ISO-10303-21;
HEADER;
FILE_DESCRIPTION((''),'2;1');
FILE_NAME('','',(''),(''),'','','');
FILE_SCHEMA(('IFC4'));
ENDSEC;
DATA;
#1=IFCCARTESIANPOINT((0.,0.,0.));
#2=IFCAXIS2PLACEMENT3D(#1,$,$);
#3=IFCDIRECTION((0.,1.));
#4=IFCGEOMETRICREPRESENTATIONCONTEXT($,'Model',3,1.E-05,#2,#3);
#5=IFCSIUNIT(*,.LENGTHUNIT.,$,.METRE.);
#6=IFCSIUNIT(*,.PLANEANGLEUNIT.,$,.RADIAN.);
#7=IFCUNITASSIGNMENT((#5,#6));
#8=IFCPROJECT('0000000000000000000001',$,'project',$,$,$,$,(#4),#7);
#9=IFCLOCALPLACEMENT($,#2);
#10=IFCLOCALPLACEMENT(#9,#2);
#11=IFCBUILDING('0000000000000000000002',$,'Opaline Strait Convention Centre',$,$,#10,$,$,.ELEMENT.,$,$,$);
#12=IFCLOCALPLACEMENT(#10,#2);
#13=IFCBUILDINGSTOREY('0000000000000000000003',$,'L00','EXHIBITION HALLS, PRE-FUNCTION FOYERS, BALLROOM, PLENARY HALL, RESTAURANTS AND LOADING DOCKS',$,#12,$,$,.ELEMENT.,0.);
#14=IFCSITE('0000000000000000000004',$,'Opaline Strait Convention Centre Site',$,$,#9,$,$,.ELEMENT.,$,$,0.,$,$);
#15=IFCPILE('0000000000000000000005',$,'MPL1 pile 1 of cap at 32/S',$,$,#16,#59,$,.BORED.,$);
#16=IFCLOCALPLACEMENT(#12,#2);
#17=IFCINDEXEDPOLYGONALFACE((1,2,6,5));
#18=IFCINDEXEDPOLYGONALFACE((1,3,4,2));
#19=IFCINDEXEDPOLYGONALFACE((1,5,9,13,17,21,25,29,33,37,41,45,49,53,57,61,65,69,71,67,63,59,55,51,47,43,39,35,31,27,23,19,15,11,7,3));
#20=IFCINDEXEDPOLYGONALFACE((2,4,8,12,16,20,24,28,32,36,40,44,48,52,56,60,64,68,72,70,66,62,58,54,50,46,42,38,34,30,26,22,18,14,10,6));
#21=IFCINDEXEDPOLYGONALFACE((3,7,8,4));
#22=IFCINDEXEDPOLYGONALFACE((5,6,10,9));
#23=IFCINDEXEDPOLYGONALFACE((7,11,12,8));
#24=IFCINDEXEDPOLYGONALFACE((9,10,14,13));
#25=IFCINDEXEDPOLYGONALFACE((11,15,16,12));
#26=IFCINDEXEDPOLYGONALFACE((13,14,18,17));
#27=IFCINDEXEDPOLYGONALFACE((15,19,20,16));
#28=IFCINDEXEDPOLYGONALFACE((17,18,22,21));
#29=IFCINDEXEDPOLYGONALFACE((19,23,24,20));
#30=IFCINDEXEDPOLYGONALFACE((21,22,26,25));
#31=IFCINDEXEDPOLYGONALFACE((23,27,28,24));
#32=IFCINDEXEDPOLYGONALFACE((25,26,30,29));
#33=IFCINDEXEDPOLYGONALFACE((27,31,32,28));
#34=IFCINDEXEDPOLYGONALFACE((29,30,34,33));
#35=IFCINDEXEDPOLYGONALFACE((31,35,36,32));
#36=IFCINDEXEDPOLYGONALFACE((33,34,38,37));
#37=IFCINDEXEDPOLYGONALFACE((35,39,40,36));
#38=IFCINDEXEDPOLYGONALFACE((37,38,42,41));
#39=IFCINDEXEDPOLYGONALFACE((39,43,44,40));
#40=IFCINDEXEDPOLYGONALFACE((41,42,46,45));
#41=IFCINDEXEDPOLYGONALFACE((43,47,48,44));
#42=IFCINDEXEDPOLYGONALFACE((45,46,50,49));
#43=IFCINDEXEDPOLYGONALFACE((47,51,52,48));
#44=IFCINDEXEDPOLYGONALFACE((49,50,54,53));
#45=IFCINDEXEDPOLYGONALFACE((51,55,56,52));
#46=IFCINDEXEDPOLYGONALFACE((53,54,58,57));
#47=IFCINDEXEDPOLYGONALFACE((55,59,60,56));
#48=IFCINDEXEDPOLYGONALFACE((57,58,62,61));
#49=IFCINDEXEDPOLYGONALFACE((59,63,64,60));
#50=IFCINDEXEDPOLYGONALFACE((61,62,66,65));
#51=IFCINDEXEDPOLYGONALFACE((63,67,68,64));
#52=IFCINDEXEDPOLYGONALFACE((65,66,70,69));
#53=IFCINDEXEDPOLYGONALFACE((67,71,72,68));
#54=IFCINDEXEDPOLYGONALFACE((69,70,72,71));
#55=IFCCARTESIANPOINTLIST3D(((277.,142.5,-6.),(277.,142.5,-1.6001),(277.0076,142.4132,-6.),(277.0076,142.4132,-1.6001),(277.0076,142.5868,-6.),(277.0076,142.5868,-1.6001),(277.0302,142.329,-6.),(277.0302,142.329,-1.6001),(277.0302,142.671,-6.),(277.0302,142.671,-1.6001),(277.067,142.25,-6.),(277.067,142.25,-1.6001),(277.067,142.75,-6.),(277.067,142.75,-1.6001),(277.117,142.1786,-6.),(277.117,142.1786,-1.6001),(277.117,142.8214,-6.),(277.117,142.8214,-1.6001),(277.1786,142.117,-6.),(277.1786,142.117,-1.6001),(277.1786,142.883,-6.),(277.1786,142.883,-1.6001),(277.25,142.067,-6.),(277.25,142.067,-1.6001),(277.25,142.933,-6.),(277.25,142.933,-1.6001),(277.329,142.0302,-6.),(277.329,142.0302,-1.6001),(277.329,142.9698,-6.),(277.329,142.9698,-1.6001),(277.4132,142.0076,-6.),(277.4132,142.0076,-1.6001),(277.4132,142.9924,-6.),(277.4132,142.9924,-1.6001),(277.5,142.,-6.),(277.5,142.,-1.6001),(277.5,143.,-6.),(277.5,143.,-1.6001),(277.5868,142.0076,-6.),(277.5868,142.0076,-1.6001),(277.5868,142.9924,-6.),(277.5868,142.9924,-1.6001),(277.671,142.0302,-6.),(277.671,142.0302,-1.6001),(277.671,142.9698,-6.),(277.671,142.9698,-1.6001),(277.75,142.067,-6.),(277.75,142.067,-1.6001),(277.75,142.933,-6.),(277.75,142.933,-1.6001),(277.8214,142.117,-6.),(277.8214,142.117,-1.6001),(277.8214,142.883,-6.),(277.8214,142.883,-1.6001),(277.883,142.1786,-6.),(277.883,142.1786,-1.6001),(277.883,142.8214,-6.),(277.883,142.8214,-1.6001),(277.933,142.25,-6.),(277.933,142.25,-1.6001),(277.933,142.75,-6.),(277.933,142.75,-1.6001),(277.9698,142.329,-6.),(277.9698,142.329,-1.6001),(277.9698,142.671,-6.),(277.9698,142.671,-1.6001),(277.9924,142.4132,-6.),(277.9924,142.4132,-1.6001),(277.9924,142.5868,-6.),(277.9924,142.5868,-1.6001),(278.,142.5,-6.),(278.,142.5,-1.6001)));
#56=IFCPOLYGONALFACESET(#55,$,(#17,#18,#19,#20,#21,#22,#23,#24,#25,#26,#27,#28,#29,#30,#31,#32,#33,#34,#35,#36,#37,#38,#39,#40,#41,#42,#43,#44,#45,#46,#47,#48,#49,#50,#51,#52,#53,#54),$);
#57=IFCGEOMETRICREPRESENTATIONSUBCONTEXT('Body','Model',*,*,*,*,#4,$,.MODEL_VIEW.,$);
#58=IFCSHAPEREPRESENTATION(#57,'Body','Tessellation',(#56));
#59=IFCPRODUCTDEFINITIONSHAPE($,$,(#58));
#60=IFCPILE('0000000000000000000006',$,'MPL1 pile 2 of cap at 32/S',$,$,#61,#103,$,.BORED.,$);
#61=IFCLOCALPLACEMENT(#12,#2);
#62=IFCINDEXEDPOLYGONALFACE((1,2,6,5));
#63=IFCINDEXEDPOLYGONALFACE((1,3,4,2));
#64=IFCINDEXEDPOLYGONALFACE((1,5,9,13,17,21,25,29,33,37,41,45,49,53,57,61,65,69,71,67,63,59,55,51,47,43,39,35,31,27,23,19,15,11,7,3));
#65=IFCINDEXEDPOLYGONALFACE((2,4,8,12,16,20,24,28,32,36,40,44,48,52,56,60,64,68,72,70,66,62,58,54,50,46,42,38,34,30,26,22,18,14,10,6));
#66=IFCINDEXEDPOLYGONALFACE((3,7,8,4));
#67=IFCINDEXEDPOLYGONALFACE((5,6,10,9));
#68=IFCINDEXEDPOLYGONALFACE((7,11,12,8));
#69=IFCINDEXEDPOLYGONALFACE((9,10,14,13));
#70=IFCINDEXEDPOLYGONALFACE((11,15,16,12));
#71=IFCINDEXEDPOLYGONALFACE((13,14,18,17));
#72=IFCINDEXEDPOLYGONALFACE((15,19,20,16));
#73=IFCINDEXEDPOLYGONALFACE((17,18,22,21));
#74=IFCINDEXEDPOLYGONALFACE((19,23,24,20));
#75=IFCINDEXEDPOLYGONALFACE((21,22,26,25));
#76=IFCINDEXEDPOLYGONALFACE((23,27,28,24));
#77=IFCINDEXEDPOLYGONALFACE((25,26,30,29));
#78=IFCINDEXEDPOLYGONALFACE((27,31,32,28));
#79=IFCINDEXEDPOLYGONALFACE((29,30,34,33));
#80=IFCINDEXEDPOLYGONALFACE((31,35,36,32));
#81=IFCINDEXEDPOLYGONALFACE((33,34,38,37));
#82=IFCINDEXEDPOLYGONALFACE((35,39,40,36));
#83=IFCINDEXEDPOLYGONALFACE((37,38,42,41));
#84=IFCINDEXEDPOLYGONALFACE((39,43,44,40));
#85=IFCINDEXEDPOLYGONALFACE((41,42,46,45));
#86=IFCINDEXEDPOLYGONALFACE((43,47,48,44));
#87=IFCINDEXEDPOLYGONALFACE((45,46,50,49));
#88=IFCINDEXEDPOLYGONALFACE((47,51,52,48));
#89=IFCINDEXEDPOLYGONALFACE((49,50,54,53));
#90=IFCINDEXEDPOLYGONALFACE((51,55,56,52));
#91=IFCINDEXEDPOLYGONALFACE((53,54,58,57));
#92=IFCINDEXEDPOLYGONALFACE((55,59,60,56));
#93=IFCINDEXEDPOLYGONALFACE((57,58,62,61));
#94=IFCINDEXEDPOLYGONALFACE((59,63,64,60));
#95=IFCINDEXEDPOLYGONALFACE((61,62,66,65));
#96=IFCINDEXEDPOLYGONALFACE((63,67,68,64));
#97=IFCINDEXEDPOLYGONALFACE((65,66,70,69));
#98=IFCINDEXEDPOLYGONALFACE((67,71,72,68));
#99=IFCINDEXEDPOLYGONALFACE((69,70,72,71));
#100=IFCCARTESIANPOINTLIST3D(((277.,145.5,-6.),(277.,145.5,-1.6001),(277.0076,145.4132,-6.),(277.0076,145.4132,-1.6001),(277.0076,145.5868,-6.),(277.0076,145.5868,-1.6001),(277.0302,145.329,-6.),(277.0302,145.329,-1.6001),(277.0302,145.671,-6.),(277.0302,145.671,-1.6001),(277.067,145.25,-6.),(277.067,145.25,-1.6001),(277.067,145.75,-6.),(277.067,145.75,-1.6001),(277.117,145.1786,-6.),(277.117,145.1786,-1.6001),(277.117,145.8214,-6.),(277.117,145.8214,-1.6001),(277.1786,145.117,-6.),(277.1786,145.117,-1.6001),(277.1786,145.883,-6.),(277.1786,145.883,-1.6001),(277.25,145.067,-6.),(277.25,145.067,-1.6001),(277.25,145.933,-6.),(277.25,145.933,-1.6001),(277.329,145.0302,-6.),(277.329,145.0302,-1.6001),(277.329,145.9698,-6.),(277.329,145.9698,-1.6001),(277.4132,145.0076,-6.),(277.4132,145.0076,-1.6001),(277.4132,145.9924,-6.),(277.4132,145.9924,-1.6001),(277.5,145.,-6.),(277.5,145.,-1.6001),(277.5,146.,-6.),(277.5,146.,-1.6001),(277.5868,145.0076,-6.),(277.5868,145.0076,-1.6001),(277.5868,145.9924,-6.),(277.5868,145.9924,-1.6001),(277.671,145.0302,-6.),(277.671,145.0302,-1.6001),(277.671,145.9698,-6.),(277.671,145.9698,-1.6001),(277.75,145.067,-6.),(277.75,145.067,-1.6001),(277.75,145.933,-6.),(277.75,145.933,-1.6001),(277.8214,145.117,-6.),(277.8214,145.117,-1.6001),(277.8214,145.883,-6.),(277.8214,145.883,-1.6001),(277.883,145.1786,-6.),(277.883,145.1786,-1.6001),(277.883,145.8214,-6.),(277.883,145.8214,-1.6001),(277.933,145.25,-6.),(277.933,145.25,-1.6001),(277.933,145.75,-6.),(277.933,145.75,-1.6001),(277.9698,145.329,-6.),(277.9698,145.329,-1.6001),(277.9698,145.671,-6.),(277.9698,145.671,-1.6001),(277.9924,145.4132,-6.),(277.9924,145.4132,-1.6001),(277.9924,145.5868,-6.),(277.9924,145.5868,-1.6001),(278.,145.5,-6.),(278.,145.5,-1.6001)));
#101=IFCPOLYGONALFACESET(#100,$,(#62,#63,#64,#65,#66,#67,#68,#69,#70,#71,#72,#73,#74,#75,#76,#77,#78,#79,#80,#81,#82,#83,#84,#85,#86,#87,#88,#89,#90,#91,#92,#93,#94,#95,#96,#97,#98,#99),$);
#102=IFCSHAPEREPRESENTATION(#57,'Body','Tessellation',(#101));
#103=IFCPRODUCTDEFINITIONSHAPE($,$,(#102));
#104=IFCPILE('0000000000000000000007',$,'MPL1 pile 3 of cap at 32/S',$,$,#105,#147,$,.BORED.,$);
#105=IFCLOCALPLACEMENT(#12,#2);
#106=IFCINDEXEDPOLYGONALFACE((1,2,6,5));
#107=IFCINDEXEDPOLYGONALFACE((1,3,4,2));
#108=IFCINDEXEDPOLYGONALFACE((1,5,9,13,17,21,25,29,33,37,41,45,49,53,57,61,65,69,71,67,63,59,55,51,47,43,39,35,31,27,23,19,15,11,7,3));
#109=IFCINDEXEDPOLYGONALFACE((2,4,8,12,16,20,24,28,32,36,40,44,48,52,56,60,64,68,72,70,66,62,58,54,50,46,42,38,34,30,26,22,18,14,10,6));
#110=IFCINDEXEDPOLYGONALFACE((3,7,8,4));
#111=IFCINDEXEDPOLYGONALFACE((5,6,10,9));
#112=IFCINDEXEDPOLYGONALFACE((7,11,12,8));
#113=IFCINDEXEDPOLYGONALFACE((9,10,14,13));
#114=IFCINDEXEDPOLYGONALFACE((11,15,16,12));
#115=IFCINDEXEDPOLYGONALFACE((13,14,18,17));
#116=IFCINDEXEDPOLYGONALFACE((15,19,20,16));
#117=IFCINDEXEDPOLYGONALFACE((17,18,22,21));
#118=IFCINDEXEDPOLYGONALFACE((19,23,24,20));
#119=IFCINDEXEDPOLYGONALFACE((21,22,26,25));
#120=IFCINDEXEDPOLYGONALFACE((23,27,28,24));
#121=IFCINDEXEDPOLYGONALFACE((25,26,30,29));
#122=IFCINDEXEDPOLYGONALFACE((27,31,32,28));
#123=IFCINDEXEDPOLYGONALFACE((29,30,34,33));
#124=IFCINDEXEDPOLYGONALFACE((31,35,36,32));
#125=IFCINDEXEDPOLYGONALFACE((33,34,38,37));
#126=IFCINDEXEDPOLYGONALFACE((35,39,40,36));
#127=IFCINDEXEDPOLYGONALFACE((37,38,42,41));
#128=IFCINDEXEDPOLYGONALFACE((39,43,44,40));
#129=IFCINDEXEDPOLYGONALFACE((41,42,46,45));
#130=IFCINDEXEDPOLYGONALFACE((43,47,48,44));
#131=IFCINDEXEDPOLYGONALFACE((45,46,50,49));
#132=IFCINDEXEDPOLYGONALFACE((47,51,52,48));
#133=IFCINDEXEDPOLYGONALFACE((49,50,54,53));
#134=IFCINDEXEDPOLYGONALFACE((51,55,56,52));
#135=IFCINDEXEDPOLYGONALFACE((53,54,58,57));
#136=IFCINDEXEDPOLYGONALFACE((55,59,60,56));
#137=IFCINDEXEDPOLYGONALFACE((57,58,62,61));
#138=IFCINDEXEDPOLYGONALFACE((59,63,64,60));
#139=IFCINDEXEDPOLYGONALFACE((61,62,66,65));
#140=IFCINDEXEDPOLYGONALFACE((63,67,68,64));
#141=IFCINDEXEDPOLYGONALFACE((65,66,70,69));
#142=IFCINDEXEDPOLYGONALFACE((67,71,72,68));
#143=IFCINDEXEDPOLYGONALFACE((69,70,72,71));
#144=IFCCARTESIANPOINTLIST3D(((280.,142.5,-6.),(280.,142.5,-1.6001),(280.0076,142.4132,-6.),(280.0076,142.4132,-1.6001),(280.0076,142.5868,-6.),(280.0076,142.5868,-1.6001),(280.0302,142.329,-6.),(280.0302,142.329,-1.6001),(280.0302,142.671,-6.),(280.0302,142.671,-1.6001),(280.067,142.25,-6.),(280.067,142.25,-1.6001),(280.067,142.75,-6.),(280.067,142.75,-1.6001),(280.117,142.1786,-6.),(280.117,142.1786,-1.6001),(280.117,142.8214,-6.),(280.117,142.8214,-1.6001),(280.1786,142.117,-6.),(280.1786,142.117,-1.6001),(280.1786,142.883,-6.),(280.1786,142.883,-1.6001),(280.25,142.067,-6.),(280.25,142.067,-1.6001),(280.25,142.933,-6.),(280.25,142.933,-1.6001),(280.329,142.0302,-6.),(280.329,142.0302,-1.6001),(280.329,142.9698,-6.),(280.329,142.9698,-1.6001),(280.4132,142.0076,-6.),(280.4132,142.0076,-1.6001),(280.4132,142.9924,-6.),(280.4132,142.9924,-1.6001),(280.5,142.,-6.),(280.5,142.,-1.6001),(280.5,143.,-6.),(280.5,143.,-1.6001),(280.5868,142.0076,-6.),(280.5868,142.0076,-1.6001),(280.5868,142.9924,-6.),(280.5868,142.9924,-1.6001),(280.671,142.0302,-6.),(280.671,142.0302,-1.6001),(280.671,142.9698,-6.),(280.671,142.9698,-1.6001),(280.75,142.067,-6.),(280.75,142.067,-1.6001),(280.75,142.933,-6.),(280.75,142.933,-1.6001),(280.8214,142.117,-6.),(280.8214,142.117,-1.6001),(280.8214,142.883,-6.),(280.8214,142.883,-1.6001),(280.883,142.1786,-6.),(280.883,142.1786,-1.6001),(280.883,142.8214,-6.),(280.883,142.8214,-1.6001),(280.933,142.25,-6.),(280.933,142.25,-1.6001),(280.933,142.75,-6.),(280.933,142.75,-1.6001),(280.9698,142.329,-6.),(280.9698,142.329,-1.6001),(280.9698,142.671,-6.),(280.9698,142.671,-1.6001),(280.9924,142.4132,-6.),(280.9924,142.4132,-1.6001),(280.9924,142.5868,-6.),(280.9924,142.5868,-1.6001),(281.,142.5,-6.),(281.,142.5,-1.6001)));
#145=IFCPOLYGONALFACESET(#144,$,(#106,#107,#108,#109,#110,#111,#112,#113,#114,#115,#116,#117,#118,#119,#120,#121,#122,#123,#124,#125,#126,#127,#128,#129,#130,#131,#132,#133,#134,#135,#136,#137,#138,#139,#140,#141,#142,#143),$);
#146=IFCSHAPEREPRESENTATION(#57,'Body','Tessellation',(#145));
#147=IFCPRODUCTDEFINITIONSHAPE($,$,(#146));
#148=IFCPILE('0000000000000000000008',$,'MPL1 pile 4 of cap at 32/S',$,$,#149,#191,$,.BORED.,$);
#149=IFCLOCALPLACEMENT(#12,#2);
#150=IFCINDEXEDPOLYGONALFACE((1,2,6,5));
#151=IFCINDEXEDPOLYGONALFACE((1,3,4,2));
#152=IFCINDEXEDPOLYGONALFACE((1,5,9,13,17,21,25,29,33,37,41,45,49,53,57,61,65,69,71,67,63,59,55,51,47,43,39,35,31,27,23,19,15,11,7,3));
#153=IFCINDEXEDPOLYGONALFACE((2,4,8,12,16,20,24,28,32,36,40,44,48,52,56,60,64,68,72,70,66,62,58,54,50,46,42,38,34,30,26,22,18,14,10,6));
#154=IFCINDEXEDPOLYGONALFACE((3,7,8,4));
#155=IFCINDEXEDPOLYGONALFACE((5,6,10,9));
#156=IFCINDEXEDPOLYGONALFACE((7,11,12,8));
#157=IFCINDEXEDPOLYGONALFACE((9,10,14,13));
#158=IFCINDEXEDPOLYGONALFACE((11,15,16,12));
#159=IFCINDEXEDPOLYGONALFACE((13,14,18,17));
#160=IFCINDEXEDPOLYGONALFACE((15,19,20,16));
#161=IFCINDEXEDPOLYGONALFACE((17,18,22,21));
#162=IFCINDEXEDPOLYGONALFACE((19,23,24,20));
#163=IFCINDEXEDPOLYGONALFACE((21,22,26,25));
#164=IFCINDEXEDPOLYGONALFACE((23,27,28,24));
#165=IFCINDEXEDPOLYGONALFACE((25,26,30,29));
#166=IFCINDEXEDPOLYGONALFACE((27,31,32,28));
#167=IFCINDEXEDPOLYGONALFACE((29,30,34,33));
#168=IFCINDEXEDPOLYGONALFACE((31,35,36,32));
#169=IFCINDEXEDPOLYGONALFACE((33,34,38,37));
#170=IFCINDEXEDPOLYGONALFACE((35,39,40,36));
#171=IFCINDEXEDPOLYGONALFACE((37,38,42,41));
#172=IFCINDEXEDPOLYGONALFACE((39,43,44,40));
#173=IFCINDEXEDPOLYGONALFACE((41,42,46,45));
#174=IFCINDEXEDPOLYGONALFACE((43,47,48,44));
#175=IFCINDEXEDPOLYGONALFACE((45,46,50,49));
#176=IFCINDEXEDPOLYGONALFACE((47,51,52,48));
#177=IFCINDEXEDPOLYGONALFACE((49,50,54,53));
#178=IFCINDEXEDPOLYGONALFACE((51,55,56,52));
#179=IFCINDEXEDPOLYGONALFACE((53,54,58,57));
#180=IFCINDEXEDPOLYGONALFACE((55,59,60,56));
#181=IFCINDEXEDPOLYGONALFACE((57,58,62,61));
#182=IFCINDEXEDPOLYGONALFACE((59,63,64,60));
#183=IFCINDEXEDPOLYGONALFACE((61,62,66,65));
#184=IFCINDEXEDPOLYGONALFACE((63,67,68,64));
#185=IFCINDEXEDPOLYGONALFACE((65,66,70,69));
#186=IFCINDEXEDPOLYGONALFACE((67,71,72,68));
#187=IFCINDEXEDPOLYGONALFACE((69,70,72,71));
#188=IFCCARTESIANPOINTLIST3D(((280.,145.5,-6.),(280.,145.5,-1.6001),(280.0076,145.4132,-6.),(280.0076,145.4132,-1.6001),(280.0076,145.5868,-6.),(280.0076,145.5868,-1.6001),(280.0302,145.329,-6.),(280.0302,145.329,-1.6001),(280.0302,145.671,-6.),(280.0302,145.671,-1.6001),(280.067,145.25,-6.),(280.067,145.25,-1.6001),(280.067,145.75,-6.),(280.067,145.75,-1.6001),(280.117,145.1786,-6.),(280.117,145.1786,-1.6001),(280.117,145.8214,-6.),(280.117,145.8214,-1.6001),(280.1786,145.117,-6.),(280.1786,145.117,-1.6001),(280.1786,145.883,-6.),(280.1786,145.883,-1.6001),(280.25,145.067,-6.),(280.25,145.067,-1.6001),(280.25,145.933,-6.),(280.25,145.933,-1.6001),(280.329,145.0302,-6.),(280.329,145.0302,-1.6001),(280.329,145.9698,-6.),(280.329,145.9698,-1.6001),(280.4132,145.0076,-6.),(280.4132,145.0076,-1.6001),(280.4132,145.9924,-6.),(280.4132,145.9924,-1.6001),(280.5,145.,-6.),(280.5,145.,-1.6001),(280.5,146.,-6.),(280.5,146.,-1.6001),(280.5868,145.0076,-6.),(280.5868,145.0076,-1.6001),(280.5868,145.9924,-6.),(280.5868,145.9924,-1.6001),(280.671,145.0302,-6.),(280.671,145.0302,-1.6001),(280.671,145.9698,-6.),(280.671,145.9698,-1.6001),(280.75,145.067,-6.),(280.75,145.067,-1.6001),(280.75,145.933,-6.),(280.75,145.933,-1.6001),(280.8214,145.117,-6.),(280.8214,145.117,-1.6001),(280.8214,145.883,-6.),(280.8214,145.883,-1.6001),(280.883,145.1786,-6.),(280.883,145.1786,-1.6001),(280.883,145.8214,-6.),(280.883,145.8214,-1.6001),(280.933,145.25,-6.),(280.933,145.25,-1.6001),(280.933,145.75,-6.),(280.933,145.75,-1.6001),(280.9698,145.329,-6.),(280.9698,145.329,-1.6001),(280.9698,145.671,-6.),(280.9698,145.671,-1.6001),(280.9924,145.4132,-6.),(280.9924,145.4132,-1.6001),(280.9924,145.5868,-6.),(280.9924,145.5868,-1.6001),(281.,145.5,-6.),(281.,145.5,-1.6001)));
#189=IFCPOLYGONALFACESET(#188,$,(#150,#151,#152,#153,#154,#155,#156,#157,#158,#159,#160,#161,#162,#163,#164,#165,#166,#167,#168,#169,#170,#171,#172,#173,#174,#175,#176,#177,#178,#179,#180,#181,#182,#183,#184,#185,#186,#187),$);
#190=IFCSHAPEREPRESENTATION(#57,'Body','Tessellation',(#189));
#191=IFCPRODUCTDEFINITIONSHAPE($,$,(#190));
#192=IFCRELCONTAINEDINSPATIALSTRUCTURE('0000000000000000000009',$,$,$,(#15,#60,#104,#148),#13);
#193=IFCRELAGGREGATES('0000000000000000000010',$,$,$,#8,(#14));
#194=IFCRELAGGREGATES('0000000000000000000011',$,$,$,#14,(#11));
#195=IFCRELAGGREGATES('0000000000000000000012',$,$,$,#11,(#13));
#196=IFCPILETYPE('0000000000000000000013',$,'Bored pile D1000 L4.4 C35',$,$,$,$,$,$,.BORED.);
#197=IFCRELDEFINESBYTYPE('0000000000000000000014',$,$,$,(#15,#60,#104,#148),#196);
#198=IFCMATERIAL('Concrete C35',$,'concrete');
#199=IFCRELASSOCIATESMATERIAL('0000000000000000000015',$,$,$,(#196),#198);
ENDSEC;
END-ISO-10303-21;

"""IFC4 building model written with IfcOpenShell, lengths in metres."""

from ifc_helpers import new_model, si_unit, direction, frame, origin, origin_2d, place, context, subcontext, project, spatial, circle, extrude, material, material_profile, profile_set, type_object, element, save


model = new_model("IFC4")

# Units and contexts
model_context = context("Model", 3, precision=1e-05, world=origin(), true_north=direction((0.0, 1.0)))
body_context = subcontext(model_context, "Body", "Model", "MODEL_VIEW")
ifc_project = project(units=[si_unit("LENGTHUNIT", "METRE"), si_unit("PLANEANGLEUNIT", "RADIAN")], contexts=[model_context])

# Site, building, storey
site_placement = place(None, origin())
site = spatial("IfcSite", under=ifc_project, at=site_placement, Name="Opaline Strait Convention Centre Site", CompositionType="ELEMENT", RefElevation=0.0)
building_placement = place(site_placement, origin())
building = spatial("IfcBuilding", under=site, at=building_placement, Name="Opaline Strait Convention Centre", CompositionType="ELEMENT")
storey_placement = place(building_placement, origin())
storey = spatial("IfcBuildingStorey", under=building, at=storey_placement, Name="L00", Description="EXHIBITION HALLS, PRE-FUNCTION FOYERS, BALLROOM, PLENARY HALL, RESTAURANTS AND LOADING DOCKS", CompositionType="ELEMENT", Elevation=0.0)

# Piles
ifc_material_1 = material(Name="Concrete C35", Category="concrete")
ifc_material_profile_1 = material_profile(ifc_material_1, circle(Radius=0.5, at=origin_2d()), Name="D1000")
ifc_profile_set_1 = profile_set([ifc_material_profile_1], Name="Concrete C35")
pile_type = type_object("IfcPileType", Name="Bored pile D1000 L4.4 C35", PredefinedType="BORED", material=ifc_profile_set_1)
for number, where, z_axis, x_axis, name in (
    (1, (277.5, 142.5, -1.6001), (0.0, 0.0, -1.0), (1.0, 0.0, 0.0), "MPL1 pile 1 of cap at 32/S"),
    (2, (277.5, 145.5, -1.6001), (0.0, 0.0, -1.0), (1.0, 0.0, 0.0), "MPL1 pile 2 of cap at 32/S"),
    (3, (280.5, 142.5, -1.6001), (0.0, 0.0, -1.0), (1.0, 0.0, 0.0), "MPL1 pile 3 of cap at 32/S"),
    (4, (280.5, 145.5, -1.6001), (0.0, 0.0, -1.0), (1.0, 0.0, 0.0), "MPL1 pile 4 of cap at 32/S"),
):
    element("IfcPile", number, at=place(storey_placement, frame(where, z_axis=z_axis, x_axis=x_axis)), inside=storey, type_object=pile_type, Name=name, PredefinedType="BORED", context=body_context, shape_type="SweptSolid", body=[
        extrude(circle(Radius=0.5, at=origin_2d()), origin(), (0.0, 0.0, 1.0), 4.3999),
    ])

save(model, "model.ifc")
